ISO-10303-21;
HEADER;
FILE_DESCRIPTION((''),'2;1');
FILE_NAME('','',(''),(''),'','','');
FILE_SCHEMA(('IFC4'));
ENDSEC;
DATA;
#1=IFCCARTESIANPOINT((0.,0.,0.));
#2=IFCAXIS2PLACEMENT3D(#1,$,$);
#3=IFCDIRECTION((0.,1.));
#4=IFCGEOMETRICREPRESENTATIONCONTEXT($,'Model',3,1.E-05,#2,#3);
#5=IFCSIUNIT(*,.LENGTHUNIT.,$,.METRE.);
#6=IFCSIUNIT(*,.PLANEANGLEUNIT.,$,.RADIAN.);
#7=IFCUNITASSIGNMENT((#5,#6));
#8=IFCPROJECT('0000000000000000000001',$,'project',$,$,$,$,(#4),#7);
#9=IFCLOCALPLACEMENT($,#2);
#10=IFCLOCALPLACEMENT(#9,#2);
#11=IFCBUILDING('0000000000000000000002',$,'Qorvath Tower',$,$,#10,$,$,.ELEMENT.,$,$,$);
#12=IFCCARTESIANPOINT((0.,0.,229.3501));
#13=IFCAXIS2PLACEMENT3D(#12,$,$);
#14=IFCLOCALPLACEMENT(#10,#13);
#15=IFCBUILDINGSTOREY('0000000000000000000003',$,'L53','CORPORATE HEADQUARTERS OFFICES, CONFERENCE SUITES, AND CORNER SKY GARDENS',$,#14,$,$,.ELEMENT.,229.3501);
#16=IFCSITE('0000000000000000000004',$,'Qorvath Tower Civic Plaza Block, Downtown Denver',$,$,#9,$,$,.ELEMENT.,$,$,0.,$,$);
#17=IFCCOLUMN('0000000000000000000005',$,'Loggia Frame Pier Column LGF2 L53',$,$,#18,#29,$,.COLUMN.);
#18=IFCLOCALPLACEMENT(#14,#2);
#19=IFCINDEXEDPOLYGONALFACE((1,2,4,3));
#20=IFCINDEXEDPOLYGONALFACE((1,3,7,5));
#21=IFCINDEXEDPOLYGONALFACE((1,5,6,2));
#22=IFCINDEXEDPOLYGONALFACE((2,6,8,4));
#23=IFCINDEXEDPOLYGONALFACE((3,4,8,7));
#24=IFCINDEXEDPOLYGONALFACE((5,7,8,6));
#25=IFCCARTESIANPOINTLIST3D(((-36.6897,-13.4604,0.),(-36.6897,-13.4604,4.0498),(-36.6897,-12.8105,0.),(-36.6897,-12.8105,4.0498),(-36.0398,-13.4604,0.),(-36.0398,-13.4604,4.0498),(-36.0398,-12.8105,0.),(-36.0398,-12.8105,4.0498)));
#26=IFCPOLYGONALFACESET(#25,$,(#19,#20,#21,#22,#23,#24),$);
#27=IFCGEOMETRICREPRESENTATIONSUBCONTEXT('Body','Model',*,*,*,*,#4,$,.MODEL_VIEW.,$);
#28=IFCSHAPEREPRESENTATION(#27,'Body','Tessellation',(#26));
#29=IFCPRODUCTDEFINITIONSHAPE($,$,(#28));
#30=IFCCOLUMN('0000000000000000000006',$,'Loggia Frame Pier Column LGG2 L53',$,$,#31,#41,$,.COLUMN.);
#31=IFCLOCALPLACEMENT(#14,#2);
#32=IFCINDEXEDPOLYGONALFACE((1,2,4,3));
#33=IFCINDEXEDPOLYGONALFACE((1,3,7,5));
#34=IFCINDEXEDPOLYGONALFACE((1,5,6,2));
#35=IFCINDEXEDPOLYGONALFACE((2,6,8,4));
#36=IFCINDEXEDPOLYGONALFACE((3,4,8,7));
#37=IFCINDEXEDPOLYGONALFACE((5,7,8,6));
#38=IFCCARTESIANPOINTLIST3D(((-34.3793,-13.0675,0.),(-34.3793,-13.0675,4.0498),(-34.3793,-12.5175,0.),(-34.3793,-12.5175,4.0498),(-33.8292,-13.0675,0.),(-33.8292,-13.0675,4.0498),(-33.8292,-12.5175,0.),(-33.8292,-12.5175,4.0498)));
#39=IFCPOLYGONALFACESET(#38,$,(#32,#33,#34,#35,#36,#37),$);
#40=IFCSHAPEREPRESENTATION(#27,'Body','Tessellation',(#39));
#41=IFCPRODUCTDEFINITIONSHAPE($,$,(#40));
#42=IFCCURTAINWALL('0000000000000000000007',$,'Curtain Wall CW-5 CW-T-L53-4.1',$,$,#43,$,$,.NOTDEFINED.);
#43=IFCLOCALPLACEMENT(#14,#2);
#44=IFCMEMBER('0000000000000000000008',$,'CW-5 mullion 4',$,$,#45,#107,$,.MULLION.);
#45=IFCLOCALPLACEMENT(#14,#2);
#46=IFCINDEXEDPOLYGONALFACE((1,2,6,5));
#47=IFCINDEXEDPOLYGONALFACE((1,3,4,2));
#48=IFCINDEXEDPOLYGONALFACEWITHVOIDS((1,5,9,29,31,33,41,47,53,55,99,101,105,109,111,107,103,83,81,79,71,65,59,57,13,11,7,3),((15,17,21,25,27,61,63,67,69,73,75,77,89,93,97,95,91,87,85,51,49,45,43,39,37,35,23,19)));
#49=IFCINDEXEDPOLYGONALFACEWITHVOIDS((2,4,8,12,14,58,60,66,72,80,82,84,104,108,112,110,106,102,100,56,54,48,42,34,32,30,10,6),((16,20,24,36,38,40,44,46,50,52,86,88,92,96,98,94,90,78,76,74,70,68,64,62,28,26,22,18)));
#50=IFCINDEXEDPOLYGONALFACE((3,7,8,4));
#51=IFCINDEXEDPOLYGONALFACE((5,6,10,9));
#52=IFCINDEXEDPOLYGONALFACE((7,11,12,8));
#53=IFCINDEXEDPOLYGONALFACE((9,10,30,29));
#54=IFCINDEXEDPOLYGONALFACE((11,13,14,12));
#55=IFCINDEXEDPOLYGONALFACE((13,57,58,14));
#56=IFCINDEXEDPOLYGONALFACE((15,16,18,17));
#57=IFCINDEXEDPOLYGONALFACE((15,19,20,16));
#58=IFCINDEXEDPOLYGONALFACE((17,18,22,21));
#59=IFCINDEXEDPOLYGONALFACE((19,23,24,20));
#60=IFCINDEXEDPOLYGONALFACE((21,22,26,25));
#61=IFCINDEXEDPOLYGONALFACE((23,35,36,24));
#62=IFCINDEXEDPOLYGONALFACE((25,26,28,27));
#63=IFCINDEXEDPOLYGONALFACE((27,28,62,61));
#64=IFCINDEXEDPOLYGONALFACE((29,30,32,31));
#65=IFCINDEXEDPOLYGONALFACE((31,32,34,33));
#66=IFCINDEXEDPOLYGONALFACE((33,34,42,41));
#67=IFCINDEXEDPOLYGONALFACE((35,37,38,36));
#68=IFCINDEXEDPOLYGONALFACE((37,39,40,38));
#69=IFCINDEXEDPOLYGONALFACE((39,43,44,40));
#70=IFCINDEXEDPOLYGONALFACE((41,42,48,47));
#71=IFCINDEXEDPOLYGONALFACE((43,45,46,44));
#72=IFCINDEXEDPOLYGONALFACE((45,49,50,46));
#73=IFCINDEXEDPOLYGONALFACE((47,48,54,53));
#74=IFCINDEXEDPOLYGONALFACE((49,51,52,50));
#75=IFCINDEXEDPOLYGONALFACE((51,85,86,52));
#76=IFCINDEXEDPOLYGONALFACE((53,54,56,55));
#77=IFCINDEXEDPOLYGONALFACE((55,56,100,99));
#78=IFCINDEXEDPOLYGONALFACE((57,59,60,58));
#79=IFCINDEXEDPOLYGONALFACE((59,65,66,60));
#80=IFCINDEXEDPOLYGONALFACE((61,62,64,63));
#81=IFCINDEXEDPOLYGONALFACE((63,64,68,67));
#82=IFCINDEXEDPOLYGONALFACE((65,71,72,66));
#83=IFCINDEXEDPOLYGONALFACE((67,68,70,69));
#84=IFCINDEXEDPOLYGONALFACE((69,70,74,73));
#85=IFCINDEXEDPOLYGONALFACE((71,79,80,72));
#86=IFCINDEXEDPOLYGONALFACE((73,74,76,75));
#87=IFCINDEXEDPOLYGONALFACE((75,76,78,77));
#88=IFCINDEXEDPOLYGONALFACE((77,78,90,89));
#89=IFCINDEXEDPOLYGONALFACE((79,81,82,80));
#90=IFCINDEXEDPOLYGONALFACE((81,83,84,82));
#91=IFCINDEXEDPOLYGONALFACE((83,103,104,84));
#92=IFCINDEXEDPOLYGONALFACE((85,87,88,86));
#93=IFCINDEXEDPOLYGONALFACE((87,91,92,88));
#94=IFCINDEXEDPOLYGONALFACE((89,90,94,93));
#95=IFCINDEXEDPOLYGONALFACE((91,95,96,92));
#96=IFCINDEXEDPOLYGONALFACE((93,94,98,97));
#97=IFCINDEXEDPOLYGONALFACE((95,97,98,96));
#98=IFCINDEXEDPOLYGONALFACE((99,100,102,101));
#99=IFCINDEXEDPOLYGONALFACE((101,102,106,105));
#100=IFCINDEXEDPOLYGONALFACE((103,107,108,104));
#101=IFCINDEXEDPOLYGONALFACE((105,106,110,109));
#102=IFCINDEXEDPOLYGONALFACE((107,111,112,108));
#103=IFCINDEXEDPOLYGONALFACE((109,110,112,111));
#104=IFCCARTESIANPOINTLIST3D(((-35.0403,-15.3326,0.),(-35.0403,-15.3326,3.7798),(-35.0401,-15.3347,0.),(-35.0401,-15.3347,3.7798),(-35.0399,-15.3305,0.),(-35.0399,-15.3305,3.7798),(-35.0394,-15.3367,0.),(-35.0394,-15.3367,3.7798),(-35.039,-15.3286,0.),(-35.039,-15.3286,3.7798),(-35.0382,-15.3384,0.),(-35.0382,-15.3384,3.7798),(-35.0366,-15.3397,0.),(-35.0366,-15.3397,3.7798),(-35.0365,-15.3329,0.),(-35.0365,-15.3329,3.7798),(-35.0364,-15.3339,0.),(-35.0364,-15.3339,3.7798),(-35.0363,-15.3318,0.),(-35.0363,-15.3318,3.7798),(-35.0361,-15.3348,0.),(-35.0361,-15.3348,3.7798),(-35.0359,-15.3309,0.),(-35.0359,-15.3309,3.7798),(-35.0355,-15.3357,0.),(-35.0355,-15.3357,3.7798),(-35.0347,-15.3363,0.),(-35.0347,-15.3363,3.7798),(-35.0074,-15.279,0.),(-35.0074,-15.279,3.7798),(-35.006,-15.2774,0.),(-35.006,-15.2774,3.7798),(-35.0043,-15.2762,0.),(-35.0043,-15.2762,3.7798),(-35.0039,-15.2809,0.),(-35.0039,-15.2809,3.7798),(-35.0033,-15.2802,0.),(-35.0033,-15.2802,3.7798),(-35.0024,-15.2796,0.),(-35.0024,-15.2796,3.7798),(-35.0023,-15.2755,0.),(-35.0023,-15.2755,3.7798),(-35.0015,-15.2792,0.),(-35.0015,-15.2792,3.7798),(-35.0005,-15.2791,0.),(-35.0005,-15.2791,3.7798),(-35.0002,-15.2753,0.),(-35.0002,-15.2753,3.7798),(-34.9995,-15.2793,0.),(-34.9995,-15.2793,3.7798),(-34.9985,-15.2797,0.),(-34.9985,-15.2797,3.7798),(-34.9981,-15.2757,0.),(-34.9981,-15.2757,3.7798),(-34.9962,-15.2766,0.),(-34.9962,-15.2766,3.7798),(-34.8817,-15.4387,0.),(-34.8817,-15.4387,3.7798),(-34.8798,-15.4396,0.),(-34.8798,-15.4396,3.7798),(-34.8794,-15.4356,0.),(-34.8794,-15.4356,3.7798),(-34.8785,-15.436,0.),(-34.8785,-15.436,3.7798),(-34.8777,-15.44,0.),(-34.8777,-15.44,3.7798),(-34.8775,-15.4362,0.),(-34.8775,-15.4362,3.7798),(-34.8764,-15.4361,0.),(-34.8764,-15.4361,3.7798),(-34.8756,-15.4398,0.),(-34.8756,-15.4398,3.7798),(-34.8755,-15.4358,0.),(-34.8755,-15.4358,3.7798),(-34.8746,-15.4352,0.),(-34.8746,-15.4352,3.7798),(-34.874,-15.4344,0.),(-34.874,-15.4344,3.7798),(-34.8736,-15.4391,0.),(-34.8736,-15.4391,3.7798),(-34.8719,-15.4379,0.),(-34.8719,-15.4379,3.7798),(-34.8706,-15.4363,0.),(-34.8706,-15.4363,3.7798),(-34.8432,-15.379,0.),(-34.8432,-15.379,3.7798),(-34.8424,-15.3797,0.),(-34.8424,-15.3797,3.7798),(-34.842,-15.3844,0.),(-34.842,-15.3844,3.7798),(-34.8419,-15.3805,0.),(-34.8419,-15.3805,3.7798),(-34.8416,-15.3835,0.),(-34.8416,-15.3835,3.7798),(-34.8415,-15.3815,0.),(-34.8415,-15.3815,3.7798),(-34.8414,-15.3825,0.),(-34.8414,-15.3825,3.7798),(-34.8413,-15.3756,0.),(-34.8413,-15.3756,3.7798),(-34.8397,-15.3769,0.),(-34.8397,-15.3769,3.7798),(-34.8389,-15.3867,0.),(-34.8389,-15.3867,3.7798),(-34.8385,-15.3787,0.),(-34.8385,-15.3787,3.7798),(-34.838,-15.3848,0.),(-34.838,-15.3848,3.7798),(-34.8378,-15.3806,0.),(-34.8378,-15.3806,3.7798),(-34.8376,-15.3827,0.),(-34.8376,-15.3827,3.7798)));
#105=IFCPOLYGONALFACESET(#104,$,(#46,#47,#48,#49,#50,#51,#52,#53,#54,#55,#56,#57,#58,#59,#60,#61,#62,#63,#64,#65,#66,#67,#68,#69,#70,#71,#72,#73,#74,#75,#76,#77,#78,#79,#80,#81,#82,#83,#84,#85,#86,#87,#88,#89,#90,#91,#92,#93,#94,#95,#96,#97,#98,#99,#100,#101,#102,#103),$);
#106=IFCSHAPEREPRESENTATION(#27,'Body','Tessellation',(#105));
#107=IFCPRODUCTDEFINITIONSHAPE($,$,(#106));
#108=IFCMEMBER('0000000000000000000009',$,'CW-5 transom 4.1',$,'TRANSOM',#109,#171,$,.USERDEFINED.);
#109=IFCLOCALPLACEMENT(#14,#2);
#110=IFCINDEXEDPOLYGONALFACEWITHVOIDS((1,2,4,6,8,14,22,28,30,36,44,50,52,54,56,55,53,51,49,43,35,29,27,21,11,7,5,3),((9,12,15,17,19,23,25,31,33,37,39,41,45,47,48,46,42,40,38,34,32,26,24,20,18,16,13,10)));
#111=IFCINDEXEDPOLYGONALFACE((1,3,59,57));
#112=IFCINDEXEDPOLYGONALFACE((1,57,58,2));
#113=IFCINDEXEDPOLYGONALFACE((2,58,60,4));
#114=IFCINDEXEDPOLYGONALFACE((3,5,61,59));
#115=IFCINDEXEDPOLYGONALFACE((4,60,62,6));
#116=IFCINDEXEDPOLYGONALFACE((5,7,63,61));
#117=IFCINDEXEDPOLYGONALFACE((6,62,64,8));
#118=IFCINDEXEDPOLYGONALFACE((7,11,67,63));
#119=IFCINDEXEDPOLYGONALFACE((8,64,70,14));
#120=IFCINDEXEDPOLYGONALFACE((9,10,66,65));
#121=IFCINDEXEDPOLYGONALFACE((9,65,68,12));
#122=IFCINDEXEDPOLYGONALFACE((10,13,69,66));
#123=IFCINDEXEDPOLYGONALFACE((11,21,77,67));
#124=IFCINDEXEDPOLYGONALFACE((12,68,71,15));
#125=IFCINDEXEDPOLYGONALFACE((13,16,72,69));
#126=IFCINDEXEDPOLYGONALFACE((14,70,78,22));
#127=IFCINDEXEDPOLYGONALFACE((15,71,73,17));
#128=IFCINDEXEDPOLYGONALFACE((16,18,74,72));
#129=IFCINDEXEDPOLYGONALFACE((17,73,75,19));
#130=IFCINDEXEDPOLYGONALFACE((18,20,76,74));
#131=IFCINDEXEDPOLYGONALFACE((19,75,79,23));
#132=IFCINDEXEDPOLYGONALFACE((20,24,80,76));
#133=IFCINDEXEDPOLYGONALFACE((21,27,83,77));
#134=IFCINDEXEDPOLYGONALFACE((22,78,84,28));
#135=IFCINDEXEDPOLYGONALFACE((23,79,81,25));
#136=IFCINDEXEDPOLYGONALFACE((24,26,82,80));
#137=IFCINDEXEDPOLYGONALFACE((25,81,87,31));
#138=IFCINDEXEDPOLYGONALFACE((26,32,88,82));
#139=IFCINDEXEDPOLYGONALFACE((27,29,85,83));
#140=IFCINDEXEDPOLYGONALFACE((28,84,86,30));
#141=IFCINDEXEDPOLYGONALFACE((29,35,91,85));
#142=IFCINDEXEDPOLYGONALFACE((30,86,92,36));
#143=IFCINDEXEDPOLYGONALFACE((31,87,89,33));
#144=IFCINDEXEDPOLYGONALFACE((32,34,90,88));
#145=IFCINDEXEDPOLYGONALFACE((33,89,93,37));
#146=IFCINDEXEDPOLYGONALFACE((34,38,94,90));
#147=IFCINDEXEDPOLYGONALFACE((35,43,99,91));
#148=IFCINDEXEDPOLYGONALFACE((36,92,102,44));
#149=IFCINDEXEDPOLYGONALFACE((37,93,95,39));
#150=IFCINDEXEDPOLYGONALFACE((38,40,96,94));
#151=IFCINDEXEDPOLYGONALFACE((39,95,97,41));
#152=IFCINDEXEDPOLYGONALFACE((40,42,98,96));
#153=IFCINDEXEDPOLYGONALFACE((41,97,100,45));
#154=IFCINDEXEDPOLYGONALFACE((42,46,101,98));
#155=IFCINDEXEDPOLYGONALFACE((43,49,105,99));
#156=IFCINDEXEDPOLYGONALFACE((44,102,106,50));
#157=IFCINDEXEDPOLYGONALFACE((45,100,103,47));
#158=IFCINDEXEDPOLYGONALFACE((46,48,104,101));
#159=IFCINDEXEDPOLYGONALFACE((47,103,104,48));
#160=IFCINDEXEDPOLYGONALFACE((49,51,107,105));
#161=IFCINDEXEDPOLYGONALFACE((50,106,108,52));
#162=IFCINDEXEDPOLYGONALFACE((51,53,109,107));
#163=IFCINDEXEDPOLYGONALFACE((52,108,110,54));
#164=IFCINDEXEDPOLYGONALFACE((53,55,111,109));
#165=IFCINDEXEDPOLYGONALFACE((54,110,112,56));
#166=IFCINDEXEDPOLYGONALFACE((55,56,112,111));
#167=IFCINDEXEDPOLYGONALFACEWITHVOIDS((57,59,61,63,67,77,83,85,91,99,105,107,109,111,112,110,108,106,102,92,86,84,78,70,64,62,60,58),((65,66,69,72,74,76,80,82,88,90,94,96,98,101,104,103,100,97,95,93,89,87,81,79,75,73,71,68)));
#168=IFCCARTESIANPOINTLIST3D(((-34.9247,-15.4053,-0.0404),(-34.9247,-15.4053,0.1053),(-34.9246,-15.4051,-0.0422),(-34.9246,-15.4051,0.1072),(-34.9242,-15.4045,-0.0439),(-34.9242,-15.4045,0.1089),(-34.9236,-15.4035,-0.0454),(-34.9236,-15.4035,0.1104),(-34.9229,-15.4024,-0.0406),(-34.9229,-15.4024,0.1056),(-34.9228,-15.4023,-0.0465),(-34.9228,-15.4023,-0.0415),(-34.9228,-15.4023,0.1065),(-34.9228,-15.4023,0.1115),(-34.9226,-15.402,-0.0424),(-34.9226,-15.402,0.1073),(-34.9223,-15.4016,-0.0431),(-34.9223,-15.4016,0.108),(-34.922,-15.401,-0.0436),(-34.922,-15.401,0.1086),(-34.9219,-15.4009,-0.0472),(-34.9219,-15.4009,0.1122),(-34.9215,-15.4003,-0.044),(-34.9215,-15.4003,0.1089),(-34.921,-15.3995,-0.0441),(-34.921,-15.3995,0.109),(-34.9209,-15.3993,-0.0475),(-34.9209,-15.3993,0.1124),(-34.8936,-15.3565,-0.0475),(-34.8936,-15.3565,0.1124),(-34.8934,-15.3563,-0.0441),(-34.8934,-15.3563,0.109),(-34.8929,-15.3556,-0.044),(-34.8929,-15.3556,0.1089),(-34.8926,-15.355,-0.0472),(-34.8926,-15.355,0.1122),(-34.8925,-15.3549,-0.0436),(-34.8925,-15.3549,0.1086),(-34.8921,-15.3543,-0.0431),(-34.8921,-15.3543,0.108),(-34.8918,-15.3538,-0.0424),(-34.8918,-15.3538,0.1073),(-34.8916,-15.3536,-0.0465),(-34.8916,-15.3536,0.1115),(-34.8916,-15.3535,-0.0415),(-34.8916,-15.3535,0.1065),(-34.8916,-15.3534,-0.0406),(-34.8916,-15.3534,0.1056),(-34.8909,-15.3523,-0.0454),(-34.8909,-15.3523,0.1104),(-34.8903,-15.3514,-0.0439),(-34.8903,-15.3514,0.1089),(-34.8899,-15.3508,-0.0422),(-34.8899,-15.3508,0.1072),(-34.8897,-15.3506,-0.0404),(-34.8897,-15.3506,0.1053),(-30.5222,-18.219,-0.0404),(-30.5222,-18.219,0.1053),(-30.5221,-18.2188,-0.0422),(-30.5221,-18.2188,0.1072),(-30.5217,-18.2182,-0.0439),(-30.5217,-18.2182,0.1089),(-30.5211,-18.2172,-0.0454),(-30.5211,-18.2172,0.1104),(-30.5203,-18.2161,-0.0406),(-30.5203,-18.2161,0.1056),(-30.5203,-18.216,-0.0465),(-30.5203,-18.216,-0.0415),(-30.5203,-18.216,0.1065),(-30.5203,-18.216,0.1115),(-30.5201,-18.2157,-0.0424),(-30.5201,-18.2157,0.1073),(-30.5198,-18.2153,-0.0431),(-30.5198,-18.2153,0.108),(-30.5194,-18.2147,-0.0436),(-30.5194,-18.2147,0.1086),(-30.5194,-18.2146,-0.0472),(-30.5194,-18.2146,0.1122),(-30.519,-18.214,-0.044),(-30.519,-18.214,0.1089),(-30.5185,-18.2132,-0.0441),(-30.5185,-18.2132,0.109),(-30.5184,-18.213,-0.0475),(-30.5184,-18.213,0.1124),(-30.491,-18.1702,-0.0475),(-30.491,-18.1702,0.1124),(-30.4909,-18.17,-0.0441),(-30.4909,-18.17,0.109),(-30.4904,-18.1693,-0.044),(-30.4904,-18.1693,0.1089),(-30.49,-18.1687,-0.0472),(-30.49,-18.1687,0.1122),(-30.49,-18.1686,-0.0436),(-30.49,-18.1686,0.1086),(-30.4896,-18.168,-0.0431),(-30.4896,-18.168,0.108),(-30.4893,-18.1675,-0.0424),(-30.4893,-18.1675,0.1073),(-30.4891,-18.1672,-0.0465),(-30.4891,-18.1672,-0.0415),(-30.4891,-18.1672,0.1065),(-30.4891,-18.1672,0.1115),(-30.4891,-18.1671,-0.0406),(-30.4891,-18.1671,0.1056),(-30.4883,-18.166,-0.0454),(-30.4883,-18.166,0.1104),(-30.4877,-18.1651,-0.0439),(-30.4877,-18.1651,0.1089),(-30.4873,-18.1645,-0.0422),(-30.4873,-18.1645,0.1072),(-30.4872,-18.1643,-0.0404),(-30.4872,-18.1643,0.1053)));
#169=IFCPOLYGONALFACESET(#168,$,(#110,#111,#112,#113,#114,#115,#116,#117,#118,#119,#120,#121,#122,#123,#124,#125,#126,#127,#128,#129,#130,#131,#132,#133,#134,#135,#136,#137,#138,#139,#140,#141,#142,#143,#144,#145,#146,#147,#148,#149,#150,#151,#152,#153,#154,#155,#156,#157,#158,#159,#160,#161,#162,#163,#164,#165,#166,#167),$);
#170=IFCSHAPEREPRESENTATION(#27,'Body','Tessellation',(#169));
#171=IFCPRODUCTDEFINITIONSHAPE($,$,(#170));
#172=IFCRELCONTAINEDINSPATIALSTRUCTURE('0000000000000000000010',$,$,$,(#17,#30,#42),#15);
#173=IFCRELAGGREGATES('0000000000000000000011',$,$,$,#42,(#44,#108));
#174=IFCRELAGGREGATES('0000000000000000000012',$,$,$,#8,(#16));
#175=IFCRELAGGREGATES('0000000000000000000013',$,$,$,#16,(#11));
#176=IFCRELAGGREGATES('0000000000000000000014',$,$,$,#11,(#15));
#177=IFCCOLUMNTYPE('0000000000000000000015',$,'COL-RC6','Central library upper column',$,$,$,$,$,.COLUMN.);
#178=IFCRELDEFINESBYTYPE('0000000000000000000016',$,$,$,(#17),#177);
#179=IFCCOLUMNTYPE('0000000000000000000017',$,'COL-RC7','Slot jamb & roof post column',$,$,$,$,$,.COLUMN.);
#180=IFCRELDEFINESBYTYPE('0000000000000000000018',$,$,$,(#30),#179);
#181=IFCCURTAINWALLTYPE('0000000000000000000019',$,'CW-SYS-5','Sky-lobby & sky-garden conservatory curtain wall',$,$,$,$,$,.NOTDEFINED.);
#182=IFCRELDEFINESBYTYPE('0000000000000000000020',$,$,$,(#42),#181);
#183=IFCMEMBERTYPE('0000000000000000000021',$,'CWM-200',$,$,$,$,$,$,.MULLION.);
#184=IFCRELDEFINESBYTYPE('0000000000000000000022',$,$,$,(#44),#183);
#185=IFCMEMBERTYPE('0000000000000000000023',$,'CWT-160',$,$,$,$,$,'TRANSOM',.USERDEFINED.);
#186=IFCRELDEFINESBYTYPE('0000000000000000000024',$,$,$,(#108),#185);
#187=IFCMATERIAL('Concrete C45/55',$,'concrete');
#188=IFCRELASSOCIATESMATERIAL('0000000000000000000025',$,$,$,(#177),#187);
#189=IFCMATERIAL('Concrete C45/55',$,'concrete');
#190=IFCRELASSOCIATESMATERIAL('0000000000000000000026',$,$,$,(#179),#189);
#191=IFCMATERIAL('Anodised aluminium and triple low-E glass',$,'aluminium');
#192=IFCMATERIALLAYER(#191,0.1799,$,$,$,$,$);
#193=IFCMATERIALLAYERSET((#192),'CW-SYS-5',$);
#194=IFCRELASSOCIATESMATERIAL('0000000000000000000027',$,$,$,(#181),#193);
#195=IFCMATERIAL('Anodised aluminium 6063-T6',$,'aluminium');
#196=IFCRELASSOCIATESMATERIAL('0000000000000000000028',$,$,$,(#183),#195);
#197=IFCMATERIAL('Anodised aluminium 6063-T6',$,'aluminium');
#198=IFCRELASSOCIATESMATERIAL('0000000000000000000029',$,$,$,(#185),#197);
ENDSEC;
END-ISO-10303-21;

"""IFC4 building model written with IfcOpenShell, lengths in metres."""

from ifc_helpers import new_model, si_unit, direction, frame, origin, origin_2d, place, context, subcontext, project, spatial, rectangle, hollow_rectangle, extrude, material, layer, layer_set, material_profile, profile_set, type_object, element, aggregate, save


model = new_model("IFC4")

# Units and contexts
model_context = context("Model", 3, precision=1e-05, world=origin(), true_north=direction((0.0, 1.0)))
body_context = subcontext(model_context, "Body", "Model", "MODEL_VIEW")
ifc_project = project(units=[si_unit("LENGTHUNIT", "METRE"), si_unit("PLANEANGLEUNIT", "RADIAN")], contexts=[model_context])

# Site, building, storey
site_placement = place(None, origin())
site = spatial("IfcSite", under=ifc_project, at=site_placement, Name="Qorvath Tower Civic Plaza Block, Downtown Denver", CompositionType="ELEMENT", RefElevation=0.0)
building_placement = place(site_placement, origin())
building = spatial("IfcBuilding", under=site, at=building_placement, Name="Qorvath Tower", CompositionType="ELEMENT")
storey_placement = place(building_placement, frame((0.0, 0.0, 229.3501)))
storey = spatial("IfcBuildingStorey", under=building, at=storey_placement, Name="L53", Description="CORPORATE HEADQUARTERS OFFICES, CONFERENCE SUITES, AND CORNER SKY GARDENS", CompositionType="ELEMENT", Elevation=229.3501)

# Columns
ifc_material_1 = material(Name="Concrete C45/55", Category="concrete")
ifc_material_profile_1 = material_profile(ifc_material_1, rectangle(XDim=0.6499, YDim=0.6499, at=origin_2d()), Name="RC 650x650")
ifc_profile_set_1 = profile_set([ifc_material_profile_1], Name="Concrete C45/55")
column_type_1 = type_object("IfcColumnType", Name="COL-RC6", Description="Central library upper column", PredefinedType="COLUMN", material=ifc_profile_set_1)
column_1_placement = place(storey_placement, frame((-36.3647, -13.1355, 0.0), z_axis=(0.0, 0.0, 1.0), x_axis=(1.0, 0.0, 0.0)))
element("IfcColumn", 1, at=column_1_placement, inside=storey, type_object=column_type_1, Name="Loggia Frame Pier Column LGF2 L53", PredefinedType="COLUMN", context=body_context, shape_type="SweptSolid", body=[
    extrude(rectangle(XDim=0.6499, YDim=0.6499, at=origin_2d()), origin(), (0.0, 0.0, 1.0), 4.0498),
])
ifc_material_2 = material(Name="Concrete C45/55", Category="concrete")
ifc_material_profile_2 = material_profile(ifc_material_2, rectangle(XDim=0.55, YDim=0.55, at=origin_2d()), Name="RC 550x550")
ifc_profile_set_2 = profile_set([ifc_material_profile_2], Name="Concrete C45/55")
column_type_2 = type_object("IfcColumnType", Name="COL-RC7", Description="Slot jamb & roof post column", PredefinedType="COLUMN", material=ifc_profile_set_2)
column_2_placement = place(storey_placement, frame((-34.1042, -12.7925, 0.0), z_axis=(0.0, 0.0, 1.0), x_axis=(1.0, 0.0, 0.0)))
element("IfcColumn", 2, at=column_2_placement, inside=storey, type_object=column_type_2, Name="Loggia Frame Pier Column LGG2 L53", PredefinedType="COLUMN", context=body_context, shape_type="SweptSolid", body=[
    extrude(rectangle(XDim=0.55, YDim=0.55, at=origin_2d()), origin(), (0.0, 0.0, 1.0), 4.0498),
])

# Curtain wall, members
ifc_material_3 = material(Name="Anodised aluminium and triple low-E glass", Category="aluminium")
ifc_layer_1 = layer(ifc_material_3, 0.1799)
ifc_layer_set_1 = layer_set([ifc_layer_1], Name="CW-SYS-5")
curtain_wall_type = type_object("IfcCurtainWallType", Name="CW-SYS-5", Description="Sky-lobby & sky-garden conservatory curtain wall", PredefinedType="NOTDEFINED", material=ifc_layer_set_1)
curtain_wall_placement = place(storey_placement, origin())
curtain_wall = element("IfcCurtainWall", 3, at=curtain_wall_placement, inside=storey, type_object=curtain_wall_type, Name="Curtain Wall CW-5 CW-T-L53-4.1", PredefinedType="NOTDEFINED")
ifc_material_4 = material(Name="Anodised aluminium 6063-T6", Category="aluminium")
ifc_material_profile_3 = material_profile(ifc_material_4, hollow_rectangle(XDim=0.075, YDim=0.2, WallThickness=0.0039, InnerFilletRadius=0.0039, OuterFilletRadius=0.0081, at=origin_2d()), Name="CWM 200x75")
ifc_profile_set_3 = profile_set([ifc_material_profile_3], Name="Anodised aluminium 6063-T6")
member_type_1 = type_object("IfcMemberType", Name="CWM-200", PredefinedType="MULLION", material=ifc_profile_set_3)
member_1_placement = place(storey_placement, frame((-34.939, -15.3577, 0.0), z_axis=(0.0, 0.0, 1.0), x_axis=(0.538529, 0.842607, 0.0)))
member_1 = element("IfcMember", 4, at=member_1_placement, type_object=member_type_1, Name="CW-5 mullion 4", PredefinedType="MULLION", context=body_context, shape_type="SweptSolid", body=[
    extrude(hollow_rectangle(XDim=0.075, YDim=0.2, WallThickness=0.0039, InnerFilletRadius=0.0039, OuterFilletRadius=0.0081, at=origin_2d()), origin(), (0.0, 0.0, 1.0), 3.7798),
])
ifc_material_5 = material(Name="Anodised aluminium 6063-T6", Category="aluminium")
ifc_material_profile_4 = material_profile(ifc_material_5, hollow_rectangle(XDim=0.0649, YDim=0.1599, WallThickness=0.0034, InnerFilletRadius=0.0034, OuterFilletRadius=0.0071, at=origin_2d()), Name="CWT 160x65")
ifc_profile_set_4 = profile_set([ifc_material_profile_4], Name="Anodised aluminium 6063-T6")
member_type_2 = type_object("IfcMemberType", Name="CWT-160", ElementType="TRANSOM", PredefinedType="USERDEFINED", material=ifc_profile_set_4)
member_2_placement = place(storey_placement, frame((-34.9072, -15.3779, 0.0325), z_axis=(0.842613, -0.538519, 0.0), x_axis=(0.538519, 0.842613, 0.0)))
member_2 = element("IfcMember", 5, at=member_2_placement, type_object=member_type_2, Name="CW-5 transom 4.1", ObjectType="TRANSOM", PredefinedType="USERDEFINED", context=body_context, shape_type="SweptSolid", body=[
    extrude(hollow_rectangle(XDim=0.0649, YDim=0.1599, WallThickness=0.0034, InnerFilletRadius=0.0034, OuterFilletRadius=0.0071, at=origin_2d()), origin(), (0.0, 0.0, 1.0), 5.2249),
])
aggregate(curtain_wall, [member_1, member_2])

save(model, "model.ifc")
